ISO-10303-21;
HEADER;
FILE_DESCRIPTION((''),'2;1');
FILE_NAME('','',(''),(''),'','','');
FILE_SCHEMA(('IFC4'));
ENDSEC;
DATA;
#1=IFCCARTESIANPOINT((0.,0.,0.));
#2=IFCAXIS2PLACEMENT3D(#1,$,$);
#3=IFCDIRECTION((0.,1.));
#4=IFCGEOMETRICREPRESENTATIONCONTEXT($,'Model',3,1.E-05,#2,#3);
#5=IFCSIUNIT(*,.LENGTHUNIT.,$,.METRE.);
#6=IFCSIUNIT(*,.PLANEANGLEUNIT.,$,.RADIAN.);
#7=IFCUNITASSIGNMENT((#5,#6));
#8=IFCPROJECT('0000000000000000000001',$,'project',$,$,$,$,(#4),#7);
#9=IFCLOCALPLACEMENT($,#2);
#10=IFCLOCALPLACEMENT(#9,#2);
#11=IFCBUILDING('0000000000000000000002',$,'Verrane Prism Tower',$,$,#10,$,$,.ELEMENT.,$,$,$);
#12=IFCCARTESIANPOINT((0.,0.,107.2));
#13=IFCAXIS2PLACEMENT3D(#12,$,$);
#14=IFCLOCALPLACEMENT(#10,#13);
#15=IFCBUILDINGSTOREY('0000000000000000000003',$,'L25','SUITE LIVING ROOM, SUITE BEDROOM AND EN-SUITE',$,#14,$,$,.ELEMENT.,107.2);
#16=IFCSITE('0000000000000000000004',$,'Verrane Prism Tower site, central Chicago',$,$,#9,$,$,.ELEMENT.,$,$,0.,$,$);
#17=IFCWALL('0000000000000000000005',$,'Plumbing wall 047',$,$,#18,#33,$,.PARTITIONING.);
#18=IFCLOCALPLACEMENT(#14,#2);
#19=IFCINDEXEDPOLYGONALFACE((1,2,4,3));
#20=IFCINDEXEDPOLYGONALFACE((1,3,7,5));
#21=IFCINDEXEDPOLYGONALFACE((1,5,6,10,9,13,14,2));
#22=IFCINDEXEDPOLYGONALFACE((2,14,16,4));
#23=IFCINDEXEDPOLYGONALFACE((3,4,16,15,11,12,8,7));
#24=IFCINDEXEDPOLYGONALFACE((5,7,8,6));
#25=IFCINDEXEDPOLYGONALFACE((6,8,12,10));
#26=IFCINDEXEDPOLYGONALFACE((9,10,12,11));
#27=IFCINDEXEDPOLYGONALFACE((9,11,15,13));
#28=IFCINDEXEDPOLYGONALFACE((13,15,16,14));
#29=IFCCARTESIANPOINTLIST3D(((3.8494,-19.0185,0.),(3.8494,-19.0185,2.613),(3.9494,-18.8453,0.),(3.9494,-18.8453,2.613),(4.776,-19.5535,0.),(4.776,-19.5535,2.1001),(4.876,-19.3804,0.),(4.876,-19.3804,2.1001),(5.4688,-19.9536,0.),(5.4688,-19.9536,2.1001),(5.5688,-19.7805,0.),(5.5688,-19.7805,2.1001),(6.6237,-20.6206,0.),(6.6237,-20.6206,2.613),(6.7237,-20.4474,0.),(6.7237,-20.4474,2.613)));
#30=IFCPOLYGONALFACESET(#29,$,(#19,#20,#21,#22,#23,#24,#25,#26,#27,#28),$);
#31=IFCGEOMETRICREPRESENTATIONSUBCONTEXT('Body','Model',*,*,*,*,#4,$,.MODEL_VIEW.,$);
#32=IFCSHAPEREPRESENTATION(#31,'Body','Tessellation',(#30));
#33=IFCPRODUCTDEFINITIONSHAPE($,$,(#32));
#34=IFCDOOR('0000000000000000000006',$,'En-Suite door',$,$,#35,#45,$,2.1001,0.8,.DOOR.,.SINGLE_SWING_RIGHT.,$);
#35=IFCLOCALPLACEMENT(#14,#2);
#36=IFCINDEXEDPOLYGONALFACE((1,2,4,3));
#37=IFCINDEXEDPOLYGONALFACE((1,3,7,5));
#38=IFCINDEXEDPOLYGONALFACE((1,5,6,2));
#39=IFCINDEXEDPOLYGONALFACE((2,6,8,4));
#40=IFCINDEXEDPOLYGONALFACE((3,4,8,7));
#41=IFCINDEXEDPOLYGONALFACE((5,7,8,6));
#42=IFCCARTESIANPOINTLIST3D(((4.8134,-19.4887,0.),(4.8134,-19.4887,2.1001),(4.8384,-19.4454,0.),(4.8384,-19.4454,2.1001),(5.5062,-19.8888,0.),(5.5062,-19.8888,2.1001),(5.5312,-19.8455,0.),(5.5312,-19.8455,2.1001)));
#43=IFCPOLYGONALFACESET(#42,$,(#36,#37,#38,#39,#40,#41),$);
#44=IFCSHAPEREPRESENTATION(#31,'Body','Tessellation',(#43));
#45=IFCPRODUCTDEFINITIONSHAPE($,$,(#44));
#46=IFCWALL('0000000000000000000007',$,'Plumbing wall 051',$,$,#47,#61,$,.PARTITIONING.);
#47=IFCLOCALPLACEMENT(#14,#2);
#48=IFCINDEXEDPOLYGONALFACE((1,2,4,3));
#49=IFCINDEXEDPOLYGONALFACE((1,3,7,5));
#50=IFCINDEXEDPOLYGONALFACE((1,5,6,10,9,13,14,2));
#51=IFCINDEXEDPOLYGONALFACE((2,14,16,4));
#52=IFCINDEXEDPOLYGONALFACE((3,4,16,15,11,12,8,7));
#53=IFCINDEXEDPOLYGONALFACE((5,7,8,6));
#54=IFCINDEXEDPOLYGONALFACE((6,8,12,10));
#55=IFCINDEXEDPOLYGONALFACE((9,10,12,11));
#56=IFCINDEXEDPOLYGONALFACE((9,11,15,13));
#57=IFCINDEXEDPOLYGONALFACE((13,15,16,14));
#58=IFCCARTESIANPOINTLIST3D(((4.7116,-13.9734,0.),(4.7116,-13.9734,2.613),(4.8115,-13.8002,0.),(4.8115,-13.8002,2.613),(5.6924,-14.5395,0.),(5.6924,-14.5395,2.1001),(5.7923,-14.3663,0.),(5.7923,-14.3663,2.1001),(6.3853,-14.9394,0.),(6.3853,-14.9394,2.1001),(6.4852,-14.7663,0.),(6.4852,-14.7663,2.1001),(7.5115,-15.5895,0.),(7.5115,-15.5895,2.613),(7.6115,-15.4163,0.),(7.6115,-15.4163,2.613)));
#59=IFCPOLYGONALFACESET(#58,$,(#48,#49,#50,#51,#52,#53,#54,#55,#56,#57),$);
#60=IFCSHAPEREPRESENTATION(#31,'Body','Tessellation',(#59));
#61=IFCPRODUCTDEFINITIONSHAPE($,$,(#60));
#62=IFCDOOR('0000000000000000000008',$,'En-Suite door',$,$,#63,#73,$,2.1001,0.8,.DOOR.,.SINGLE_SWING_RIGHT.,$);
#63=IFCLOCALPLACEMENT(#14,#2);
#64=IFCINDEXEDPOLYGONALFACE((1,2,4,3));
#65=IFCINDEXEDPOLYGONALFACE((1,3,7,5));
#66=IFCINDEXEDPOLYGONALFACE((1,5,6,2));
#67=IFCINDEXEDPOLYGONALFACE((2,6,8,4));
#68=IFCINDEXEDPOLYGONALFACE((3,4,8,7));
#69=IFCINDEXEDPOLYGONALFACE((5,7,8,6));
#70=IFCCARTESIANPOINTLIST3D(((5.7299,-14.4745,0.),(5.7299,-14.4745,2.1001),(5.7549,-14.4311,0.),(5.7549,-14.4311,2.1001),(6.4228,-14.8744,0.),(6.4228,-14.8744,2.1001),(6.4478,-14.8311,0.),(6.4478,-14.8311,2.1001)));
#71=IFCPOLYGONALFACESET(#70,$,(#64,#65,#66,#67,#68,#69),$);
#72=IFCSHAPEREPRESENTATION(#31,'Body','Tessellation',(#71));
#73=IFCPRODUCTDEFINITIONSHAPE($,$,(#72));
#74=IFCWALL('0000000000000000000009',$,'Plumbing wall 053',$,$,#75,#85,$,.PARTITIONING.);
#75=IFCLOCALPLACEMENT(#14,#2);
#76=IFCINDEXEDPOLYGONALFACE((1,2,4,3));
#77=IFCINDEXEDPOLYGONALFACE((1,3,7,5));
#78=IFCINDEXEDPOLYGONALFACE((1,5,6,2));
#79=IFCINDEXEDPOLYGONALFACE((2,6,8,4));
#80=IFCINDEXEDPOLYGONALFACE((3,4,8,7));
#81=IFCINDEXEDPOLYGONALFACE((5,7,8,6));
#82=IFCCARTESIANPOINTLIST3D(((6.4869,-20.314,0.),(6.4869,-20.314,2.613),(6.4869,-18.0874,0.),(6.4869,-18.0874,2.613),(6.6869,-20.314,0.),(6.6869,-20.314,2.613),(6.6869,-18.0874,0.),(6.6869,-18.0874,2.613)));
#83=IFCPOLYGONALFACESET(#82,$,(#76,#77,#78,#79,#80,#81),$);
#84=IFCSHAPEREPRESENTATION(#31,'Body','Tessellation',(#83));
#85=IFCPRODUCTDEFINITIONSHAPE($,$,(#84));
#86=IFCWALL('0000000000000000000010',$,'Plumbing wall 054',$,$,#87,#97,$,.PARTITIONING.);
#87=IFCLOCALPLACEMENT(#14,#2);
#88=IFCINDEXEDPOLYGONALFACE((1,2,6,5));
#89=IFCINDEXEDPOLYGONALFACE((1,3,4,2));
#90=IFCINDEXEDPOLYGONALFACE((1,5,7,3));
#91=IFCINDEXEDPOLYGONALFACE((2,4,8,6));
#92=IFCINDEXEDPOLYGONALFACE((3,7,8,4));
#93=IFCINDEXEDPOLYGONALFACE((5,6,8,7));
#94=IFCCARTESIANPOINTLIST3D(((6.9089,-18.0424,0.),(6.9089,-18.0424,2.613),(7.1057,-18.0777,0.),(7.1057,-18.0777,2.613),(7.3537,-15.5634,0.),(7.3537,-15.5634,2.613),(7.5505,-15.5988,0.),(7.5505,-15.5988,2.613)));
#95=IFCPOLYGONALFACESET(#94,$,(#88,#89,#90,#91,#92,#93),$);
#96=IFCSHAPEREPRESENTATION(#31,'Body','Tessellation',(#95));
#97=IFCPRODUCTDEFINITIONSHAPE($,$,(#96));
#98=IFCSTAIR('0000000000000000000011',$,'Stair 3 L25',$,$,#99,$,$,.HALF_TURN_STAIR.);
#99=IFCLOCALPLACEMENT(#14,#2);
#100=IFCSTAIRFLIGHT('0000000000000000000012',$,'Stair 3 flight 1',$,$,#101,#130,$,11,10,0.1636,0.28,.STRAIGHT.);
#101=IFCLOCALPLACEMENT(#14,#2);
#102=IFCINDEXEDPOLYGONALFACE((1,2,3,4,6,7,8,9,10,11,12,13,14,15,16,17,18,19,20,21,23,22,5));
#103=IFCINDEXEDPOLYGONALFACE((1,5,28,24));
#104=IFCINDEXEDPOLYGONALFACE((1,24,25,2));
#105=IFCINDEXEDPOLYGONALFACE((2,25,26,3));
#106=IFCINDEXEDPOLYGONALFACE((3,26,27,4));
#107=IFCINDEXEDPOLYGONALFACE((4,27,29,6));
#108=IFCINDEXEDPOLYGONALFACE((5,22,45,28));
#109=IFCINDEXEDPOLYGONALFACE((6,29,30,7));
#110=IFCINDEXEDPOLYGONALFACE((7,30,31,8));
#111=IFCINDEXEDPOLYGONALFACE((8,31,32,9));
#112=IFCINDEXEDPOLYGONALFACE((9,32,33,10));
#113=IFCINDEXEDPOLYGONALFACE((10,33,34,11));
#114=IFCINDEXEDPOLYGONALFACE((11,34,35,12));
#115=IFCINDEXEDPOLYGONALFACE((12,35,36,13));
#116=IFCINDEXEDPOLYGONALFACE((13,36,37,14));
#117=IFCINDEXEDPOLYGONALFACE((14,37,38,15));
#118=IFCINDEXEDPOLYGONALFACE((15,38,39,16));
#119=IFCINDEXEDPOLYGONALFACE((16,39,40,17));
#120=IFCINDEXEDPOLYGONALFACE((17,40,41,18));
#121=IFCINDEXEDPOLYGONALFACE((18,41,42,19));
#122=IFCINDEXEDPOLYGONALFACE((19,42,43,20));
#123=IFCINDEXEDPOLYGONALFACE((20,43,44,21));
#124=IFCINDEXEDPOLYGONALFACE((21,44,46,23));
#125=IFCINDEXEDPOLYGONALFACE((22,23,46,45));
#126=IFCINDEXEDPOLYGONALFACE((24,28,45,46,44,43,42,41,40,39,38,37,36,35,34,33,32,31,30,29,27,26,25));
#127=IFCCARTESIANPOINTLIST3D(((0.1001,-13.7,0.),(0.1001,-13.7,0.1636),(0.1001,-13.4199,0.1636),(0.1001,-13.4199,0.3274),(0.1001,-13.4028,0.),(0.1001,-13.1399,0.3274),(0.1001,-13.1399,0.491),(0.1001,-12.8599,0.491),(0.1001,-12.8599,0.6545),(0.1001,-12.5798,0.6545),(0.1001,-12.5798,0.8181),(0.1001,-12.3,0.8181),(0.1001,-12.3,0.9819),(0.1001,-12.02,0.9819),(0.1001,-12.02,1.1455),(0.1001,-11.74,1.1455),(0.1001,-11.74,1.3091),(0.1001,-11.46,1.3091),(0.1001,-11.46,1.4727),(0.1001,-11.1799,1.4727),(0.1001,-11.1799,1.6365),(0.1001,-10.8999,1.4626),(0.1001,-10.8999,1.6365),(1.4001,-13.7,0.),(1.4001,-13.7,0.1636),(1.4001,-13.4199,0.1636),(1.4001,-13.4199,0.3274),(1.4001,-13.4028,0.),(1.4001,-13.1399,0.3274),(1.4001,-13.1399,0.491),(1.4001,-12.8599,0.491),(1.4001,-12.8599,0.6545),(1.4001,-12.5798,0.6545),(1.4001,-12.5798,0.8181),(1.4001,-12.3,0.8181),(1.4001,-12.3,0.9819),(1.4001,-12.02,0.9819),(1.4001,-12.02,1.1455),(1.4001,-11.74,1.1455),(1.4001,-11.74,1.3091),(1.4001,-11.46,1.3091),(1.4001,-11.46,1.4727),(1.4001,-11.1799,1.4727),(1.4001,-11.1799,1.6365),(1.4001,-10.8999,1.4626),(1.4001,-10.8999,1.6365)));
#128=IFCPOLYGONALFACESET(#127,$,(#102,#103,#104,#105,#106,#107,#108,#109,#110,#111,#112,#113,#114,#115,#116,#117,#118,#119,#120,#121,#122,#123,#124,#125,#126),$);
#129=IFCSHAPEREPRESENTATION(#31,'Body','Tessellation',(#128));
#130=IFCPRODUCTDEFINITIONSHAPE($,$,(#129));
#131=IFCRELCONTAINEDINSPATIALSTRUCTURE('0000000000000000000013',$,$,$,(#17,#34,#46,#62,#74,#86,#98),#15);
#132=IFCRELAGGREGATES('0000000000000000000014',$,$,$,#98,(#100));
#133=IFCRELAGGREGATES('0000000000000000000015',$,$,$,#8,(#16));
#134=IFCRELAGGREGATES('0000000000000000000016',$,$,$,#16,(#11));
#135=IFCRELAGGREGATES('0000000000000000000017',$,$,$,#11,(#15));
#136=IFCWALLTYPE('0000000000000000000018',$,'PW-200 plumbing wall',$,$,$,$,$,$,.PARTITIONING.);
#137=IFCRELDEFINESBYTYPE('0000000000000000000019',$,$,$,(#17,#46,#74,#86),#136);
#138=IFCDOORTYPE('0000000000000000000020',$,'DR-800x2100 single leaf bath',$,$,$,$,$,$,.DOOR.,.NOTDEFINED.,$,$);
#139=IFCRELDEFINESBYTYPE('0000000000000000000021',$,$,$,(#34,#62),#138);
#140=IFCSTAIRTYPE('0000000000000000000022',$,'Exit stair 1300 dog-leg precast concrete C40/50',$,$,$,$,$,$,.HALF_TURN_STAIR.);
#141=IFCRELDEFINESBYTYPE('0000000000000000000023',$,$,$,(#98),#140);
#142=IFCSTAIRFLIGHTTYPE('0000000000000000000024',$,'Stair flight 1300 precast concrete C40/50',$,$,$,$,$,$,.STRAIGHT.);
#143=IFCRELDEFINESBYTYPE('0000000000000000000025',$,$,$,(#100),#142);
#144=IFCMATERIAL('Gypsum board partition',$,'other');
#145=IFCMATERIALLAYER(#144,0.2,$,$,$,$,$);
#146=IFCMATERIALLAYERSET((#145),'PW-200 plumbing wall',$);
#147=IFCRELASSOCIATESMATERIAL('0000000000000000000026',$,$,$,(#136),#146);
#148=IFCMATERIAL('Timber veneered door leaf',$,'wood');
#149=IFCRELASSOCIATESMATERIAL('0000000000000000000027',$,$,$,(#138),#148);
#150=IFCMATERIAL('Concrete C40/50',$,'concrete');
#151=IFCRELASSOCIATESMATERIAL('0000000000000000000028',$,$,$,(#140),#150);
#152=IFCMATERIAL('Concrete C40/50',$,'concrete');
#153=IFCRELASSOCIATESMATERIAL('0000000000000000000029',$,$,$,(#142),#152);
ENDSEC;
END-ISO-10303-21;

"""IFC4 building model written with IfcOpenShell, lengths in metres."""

from ifc_helpers import new_model, si_unit, direction, frame, frame_2d, origin, place, context, subcontext, project, spatial, polyline, rectangle, outline, extrude, material, layer, layer_set, type_object, element, fill, aggregate, save


model = new_model("IFC4")

# Units and contexts
model_context = context("Model", 3, precision=1e-05, world=origin(), true_north=direction((0.0, 1.0)))
body_context = subcontext(model_context, "Body", "Model", "MODEL_VIEW")
ifc_project = project(units=[si_unit("LENGTHUNIT", "METRE"), si_unit("PLANEANGLEUNIT", "RADIAN")], contexts=[model_context])

# Site, building, storey
site_placement = place(None, origin())
site = spatial("IfcSite", under=ifc_project, at=site_placement, Name="Verrane Prism Tower site, central Chicago", CompositionType="ELEMENT", RefElevation=0.0)
building_placement = place(site_placement, origin())
building = spatial("IfcBuilding", under=site, at=building_placement, Name="Verrane Prism Tower", CompositionType="ELEMENT")
storey_placement = place(building_placement, frame((0.0, 0.0, 107.2)))
storey = spatial("IfcBuildingStorey", under=building, at=storey_placement, Name="L25", Description="SUITE LIVING ROOM, SUITE BEDROOM AND EN-SUITE", CompositionType="ELEMENT", Elevation=107.2)

# Walls, openings, doors
ifc_material_1 = material(Name="Gypsum board partition", Category="other")
ifc_layer_1 = layer(ifc_material_1, 0.2)
ifc_layer_set_1 = layer_set([ifc_layer_1], Name="PW-200 plumbing wall")
wall_type_1 = type_object("IfcWallType", Name="PW-200 plumbing wall", PredefinedType="PARTITIONING", material=ifc_layer_set_1)
wall_1_placement = place(storey_placement, frame((3.8994, -18.9319, 0.0), z_axis=(0.0, 0.0, 1.0), x_axis=(0.865974, -0.50009, 0.0)))
wall_1 = element("IfcWall", 1, at=wall_1_placement, inside=storey, type_object=wall_type_1, Name="Plumbing wall 047", PredefinedType="PARTITIONING", context=body_context, shape_type="SweptSolid", body=[
    extrude(rectangle(XDim=3.2036, YDim=0.2, at=frame_2d((1.6018, 0.0))), origin(), (0.0, 0.0, 1.0), 2.613),
])
opening_1_placement = place(wall_1_placement, frame((1.0701, 0.0, 0.0)))
opening_1 = element("IfcOpeningElement", 2, at=opening_1_placement, cuts=wall_1, PredefinedType="OPENING", context=body_context, shape_type="SweptSolid", body=[
    extrude(rectangle(XDim=0.8, YDim=2.1001, at=frame_2d((0.3999, 1.05))), frame((0.0, 0.1099, 0.0), z_axis=(0.0, -1.0, 0.0), x_axis=(1.0, 0.0, 0.0)), (0.0, 0.0, 1.0), 0.22),
])
ifc_material_2 = material(Name="Timber veneered door leaf", Category="wood")
door_type_1 = type_object("IfcDoorType", Name="DR-800x2100 single leaf bath", OperationType="NOTDEFINED", PredefinedType="DOOR", material=ifc_material_2)
door_1_placement = place(opening_1_placement, origin())
door_1 = element("IfcDoor", 3, at=door_1_placement, inside=storey, type_object=door_type_1, Name="En-Suite door", OperationType="SINGLE_SWING_RIGHT", OverallHeight=2.1001, OverallWidth=0.8, PredefinedType="DOOR", context=body_context, shape_type="SweptSolid", body=[
    extrude(rectangle(XDim=0.8, YDim=2.1001, at=frame_2d((0.3999, 1.05))), frame((0.0, 0.0249, 0.0), z_axis=(0.0, -1.0, 0.0), x_axis=(1.0, 0.0, 0.0)), (0.0, 0.0, 1.0), 0.05),
])
fill(opening_1, door_1)
wall_2_placement = place(storey_placement, frame((7.5615, -15.5029, 0.0), z_axis=(0.0, 0.0, 1.0), x_axis=(-0.866079, 0.499908, 0.0)))
wall_2 = element("IfcWall", 4, at=wall_2_placement, inside=storey, type_object=wall_type_1, Name="Plumbing wall 051", PredefinedType="PARTITIONING", context=body_context, shape_type="SweptSolid", body=[
    extrude(rectangle(XDim=3.2329, YDim=0.2, at=frame_2d((1.6165, 0.0))), origin(), (0.0, 0.0, 1.0), 2.613),
])
opening_2_placement = place(wall_2_placement, frame((1.3005, 0.0, 0.0)))
opening_2 = element("IfcOpeningElement", 5, at=opening_2_placement, cuts=wall_2, PredefinedType="OPENING", context=body_context, shape_type="SweptSolid", body=[
    extrude(rectangle(XDim=0.8, YDim=2.1001, at=frame_2d((0.3999, 1.05))), frame((0.0, 0.1099, 0.0), z_axis=(0.0, -1.0, 0.0), x_axis=(1.0, 0.0, 0.0)), (0.0, 0.0, 1.0), 0.22),
])
door_2_placement = place(opening_2_placement, origin())
door_2 = element("IfcDoor", 6, at=door_2_placement, inside=storey, type_object=door_type_1, Name="En-Suite door", OperationType="SINGLE_SWING_RIGHT", OverallHeight=2.1001, OverallWidth=0.8, PredefinedType="DOOR", context=body_context, shape_type="SweptSolid", body=[
    extrude(rectangle(XDim=0.8, YDim=2.1001, at=frame_2d((0.3999, 1.05))), frame((0.0, 0.0249, 0.0), z_axis=(0.0, -1.0, 0.0), x_axis=(1.0, 0.0, 0.0)), (0.0, 0.0, 1.0), 0.05),
])
fill(opening_2, door_2)

# Walls
wall_3_placement = place(storey_placement, frame((6.5869, -20.314, 0.0), z_axis=(0.0, 0.0, 1.0), x_axis=(0.0, 1.0, 0.0)))
element("IfcWall", 7, at=wall_3_placement, inside=storey, type_object=wall_type_1, Name="Plumbing wall 053", PredefinedType="PARTITIONING", context=body_context, shape_type="SweptSolid", body=[
    extrude(rectangle(XDim=2.2266, YDim=0.2, at=frame_2d((1.1133, 0.0))), origin(), (0.0, 0.0, 1.0), 2.613),
])
wall_4_placement = place(storey_placement, frame((7.0073, -18.0601, 0.0), z_axis=(0.0, 0.0, 1.0), x_axis=(0.176616, 0.98428, 0.0)))
element("IfcWall", 8, at=wall_4_placement, inside=storey, type_object=wall_type_1, Name="Plumbing wall 054", PredefinedType="PARTITIONING", context=body_context, shape_type="SweptSolid", body=[
    extrude(rectangle(XDim=2.5186, YDim=0.2, at=frame_2d((1.2593, 0.0))), origin(), (0.0, 0.0, 1.0), 2.613),
])

# Stair, stair flight
ifc_material_3 = material(Name="Concrete C40/50", Category="concrete")
stair_type = type_object("IfcStairType", Name="Exit stair 1300 dog-leg precast concrete C40/50", PredefinedType="HALF_TURN_STAIR", material=ifc_material_3)
stair_placement = place(storey_placement, origin())
stair = element("IfcStair", 9, at=stair_placement, inside=storey, type_object=stair_type, Name="Stair 3 L25", PredefinedType="HALF_TURN_STAIR")
ifc_material_4 = material(Name="Concrete C40/50", Category="concrete")
stair_flight_type = type_object("IfcStairFlightType", Name="Stair flight 1300 precast concrete C40/50", PredefinedType="STRAIGHT", material=ifc_material_4)
stair_flight_placement = place(storey_placement, frame((0.75, -13.7, 0.0), z_axis=(0.0, 0.0, 1.0), x_axis=(0.0, 1.0, 0.0)))
stair_flight = element("IfcStairFlight", 10, at=stair_flight_placement, type_object=stair_flight_type, Name="Stair 3 flight 1", NumberOfRisers=11, NumberOfTreads=10, PredefinedType="STRAIGHT", RiserHeight=0.1636, TreadLength=0.28, context=body_context, shape_type="SweptSolid", body=[
    extrude(outline(polyline([(0.0, 0.0), (0.0, 0.1636), (0.28, 0.1636), (0.28, 0.3274), (0.5601, 0.3274), (0.5601, 0.491), (0.8401, 0.491), (0.8401, 0.6545), (1.1201, 0.6545), (1.1201, 0.8181), (1.3999, 0.8181), (1.3999, 0.9819), (1.6799, 0.9819), (1.6799, 1.1455), (1.96, 1.1455), (1.96, 1.3091), (2.24, 1.3091), (2.24, 1.4727), (2.52, 1.4727), (2.52, 1.6365), (2.8, 1.6365), (2.8, 1.8), (2.8, 1.4626), (0.2971, 0.0), (0.0, 0.0)])), frame((0.0, 0.6499, 0.0), z_axis=(0.0, -1.0, 0.0), x_axis=(1.0, 0.0, 0.0)), (0.0, 0.0, 1.0), 1.3),
])
aggregate(stair, [stair_flight])

save(model, "model.ifc")
